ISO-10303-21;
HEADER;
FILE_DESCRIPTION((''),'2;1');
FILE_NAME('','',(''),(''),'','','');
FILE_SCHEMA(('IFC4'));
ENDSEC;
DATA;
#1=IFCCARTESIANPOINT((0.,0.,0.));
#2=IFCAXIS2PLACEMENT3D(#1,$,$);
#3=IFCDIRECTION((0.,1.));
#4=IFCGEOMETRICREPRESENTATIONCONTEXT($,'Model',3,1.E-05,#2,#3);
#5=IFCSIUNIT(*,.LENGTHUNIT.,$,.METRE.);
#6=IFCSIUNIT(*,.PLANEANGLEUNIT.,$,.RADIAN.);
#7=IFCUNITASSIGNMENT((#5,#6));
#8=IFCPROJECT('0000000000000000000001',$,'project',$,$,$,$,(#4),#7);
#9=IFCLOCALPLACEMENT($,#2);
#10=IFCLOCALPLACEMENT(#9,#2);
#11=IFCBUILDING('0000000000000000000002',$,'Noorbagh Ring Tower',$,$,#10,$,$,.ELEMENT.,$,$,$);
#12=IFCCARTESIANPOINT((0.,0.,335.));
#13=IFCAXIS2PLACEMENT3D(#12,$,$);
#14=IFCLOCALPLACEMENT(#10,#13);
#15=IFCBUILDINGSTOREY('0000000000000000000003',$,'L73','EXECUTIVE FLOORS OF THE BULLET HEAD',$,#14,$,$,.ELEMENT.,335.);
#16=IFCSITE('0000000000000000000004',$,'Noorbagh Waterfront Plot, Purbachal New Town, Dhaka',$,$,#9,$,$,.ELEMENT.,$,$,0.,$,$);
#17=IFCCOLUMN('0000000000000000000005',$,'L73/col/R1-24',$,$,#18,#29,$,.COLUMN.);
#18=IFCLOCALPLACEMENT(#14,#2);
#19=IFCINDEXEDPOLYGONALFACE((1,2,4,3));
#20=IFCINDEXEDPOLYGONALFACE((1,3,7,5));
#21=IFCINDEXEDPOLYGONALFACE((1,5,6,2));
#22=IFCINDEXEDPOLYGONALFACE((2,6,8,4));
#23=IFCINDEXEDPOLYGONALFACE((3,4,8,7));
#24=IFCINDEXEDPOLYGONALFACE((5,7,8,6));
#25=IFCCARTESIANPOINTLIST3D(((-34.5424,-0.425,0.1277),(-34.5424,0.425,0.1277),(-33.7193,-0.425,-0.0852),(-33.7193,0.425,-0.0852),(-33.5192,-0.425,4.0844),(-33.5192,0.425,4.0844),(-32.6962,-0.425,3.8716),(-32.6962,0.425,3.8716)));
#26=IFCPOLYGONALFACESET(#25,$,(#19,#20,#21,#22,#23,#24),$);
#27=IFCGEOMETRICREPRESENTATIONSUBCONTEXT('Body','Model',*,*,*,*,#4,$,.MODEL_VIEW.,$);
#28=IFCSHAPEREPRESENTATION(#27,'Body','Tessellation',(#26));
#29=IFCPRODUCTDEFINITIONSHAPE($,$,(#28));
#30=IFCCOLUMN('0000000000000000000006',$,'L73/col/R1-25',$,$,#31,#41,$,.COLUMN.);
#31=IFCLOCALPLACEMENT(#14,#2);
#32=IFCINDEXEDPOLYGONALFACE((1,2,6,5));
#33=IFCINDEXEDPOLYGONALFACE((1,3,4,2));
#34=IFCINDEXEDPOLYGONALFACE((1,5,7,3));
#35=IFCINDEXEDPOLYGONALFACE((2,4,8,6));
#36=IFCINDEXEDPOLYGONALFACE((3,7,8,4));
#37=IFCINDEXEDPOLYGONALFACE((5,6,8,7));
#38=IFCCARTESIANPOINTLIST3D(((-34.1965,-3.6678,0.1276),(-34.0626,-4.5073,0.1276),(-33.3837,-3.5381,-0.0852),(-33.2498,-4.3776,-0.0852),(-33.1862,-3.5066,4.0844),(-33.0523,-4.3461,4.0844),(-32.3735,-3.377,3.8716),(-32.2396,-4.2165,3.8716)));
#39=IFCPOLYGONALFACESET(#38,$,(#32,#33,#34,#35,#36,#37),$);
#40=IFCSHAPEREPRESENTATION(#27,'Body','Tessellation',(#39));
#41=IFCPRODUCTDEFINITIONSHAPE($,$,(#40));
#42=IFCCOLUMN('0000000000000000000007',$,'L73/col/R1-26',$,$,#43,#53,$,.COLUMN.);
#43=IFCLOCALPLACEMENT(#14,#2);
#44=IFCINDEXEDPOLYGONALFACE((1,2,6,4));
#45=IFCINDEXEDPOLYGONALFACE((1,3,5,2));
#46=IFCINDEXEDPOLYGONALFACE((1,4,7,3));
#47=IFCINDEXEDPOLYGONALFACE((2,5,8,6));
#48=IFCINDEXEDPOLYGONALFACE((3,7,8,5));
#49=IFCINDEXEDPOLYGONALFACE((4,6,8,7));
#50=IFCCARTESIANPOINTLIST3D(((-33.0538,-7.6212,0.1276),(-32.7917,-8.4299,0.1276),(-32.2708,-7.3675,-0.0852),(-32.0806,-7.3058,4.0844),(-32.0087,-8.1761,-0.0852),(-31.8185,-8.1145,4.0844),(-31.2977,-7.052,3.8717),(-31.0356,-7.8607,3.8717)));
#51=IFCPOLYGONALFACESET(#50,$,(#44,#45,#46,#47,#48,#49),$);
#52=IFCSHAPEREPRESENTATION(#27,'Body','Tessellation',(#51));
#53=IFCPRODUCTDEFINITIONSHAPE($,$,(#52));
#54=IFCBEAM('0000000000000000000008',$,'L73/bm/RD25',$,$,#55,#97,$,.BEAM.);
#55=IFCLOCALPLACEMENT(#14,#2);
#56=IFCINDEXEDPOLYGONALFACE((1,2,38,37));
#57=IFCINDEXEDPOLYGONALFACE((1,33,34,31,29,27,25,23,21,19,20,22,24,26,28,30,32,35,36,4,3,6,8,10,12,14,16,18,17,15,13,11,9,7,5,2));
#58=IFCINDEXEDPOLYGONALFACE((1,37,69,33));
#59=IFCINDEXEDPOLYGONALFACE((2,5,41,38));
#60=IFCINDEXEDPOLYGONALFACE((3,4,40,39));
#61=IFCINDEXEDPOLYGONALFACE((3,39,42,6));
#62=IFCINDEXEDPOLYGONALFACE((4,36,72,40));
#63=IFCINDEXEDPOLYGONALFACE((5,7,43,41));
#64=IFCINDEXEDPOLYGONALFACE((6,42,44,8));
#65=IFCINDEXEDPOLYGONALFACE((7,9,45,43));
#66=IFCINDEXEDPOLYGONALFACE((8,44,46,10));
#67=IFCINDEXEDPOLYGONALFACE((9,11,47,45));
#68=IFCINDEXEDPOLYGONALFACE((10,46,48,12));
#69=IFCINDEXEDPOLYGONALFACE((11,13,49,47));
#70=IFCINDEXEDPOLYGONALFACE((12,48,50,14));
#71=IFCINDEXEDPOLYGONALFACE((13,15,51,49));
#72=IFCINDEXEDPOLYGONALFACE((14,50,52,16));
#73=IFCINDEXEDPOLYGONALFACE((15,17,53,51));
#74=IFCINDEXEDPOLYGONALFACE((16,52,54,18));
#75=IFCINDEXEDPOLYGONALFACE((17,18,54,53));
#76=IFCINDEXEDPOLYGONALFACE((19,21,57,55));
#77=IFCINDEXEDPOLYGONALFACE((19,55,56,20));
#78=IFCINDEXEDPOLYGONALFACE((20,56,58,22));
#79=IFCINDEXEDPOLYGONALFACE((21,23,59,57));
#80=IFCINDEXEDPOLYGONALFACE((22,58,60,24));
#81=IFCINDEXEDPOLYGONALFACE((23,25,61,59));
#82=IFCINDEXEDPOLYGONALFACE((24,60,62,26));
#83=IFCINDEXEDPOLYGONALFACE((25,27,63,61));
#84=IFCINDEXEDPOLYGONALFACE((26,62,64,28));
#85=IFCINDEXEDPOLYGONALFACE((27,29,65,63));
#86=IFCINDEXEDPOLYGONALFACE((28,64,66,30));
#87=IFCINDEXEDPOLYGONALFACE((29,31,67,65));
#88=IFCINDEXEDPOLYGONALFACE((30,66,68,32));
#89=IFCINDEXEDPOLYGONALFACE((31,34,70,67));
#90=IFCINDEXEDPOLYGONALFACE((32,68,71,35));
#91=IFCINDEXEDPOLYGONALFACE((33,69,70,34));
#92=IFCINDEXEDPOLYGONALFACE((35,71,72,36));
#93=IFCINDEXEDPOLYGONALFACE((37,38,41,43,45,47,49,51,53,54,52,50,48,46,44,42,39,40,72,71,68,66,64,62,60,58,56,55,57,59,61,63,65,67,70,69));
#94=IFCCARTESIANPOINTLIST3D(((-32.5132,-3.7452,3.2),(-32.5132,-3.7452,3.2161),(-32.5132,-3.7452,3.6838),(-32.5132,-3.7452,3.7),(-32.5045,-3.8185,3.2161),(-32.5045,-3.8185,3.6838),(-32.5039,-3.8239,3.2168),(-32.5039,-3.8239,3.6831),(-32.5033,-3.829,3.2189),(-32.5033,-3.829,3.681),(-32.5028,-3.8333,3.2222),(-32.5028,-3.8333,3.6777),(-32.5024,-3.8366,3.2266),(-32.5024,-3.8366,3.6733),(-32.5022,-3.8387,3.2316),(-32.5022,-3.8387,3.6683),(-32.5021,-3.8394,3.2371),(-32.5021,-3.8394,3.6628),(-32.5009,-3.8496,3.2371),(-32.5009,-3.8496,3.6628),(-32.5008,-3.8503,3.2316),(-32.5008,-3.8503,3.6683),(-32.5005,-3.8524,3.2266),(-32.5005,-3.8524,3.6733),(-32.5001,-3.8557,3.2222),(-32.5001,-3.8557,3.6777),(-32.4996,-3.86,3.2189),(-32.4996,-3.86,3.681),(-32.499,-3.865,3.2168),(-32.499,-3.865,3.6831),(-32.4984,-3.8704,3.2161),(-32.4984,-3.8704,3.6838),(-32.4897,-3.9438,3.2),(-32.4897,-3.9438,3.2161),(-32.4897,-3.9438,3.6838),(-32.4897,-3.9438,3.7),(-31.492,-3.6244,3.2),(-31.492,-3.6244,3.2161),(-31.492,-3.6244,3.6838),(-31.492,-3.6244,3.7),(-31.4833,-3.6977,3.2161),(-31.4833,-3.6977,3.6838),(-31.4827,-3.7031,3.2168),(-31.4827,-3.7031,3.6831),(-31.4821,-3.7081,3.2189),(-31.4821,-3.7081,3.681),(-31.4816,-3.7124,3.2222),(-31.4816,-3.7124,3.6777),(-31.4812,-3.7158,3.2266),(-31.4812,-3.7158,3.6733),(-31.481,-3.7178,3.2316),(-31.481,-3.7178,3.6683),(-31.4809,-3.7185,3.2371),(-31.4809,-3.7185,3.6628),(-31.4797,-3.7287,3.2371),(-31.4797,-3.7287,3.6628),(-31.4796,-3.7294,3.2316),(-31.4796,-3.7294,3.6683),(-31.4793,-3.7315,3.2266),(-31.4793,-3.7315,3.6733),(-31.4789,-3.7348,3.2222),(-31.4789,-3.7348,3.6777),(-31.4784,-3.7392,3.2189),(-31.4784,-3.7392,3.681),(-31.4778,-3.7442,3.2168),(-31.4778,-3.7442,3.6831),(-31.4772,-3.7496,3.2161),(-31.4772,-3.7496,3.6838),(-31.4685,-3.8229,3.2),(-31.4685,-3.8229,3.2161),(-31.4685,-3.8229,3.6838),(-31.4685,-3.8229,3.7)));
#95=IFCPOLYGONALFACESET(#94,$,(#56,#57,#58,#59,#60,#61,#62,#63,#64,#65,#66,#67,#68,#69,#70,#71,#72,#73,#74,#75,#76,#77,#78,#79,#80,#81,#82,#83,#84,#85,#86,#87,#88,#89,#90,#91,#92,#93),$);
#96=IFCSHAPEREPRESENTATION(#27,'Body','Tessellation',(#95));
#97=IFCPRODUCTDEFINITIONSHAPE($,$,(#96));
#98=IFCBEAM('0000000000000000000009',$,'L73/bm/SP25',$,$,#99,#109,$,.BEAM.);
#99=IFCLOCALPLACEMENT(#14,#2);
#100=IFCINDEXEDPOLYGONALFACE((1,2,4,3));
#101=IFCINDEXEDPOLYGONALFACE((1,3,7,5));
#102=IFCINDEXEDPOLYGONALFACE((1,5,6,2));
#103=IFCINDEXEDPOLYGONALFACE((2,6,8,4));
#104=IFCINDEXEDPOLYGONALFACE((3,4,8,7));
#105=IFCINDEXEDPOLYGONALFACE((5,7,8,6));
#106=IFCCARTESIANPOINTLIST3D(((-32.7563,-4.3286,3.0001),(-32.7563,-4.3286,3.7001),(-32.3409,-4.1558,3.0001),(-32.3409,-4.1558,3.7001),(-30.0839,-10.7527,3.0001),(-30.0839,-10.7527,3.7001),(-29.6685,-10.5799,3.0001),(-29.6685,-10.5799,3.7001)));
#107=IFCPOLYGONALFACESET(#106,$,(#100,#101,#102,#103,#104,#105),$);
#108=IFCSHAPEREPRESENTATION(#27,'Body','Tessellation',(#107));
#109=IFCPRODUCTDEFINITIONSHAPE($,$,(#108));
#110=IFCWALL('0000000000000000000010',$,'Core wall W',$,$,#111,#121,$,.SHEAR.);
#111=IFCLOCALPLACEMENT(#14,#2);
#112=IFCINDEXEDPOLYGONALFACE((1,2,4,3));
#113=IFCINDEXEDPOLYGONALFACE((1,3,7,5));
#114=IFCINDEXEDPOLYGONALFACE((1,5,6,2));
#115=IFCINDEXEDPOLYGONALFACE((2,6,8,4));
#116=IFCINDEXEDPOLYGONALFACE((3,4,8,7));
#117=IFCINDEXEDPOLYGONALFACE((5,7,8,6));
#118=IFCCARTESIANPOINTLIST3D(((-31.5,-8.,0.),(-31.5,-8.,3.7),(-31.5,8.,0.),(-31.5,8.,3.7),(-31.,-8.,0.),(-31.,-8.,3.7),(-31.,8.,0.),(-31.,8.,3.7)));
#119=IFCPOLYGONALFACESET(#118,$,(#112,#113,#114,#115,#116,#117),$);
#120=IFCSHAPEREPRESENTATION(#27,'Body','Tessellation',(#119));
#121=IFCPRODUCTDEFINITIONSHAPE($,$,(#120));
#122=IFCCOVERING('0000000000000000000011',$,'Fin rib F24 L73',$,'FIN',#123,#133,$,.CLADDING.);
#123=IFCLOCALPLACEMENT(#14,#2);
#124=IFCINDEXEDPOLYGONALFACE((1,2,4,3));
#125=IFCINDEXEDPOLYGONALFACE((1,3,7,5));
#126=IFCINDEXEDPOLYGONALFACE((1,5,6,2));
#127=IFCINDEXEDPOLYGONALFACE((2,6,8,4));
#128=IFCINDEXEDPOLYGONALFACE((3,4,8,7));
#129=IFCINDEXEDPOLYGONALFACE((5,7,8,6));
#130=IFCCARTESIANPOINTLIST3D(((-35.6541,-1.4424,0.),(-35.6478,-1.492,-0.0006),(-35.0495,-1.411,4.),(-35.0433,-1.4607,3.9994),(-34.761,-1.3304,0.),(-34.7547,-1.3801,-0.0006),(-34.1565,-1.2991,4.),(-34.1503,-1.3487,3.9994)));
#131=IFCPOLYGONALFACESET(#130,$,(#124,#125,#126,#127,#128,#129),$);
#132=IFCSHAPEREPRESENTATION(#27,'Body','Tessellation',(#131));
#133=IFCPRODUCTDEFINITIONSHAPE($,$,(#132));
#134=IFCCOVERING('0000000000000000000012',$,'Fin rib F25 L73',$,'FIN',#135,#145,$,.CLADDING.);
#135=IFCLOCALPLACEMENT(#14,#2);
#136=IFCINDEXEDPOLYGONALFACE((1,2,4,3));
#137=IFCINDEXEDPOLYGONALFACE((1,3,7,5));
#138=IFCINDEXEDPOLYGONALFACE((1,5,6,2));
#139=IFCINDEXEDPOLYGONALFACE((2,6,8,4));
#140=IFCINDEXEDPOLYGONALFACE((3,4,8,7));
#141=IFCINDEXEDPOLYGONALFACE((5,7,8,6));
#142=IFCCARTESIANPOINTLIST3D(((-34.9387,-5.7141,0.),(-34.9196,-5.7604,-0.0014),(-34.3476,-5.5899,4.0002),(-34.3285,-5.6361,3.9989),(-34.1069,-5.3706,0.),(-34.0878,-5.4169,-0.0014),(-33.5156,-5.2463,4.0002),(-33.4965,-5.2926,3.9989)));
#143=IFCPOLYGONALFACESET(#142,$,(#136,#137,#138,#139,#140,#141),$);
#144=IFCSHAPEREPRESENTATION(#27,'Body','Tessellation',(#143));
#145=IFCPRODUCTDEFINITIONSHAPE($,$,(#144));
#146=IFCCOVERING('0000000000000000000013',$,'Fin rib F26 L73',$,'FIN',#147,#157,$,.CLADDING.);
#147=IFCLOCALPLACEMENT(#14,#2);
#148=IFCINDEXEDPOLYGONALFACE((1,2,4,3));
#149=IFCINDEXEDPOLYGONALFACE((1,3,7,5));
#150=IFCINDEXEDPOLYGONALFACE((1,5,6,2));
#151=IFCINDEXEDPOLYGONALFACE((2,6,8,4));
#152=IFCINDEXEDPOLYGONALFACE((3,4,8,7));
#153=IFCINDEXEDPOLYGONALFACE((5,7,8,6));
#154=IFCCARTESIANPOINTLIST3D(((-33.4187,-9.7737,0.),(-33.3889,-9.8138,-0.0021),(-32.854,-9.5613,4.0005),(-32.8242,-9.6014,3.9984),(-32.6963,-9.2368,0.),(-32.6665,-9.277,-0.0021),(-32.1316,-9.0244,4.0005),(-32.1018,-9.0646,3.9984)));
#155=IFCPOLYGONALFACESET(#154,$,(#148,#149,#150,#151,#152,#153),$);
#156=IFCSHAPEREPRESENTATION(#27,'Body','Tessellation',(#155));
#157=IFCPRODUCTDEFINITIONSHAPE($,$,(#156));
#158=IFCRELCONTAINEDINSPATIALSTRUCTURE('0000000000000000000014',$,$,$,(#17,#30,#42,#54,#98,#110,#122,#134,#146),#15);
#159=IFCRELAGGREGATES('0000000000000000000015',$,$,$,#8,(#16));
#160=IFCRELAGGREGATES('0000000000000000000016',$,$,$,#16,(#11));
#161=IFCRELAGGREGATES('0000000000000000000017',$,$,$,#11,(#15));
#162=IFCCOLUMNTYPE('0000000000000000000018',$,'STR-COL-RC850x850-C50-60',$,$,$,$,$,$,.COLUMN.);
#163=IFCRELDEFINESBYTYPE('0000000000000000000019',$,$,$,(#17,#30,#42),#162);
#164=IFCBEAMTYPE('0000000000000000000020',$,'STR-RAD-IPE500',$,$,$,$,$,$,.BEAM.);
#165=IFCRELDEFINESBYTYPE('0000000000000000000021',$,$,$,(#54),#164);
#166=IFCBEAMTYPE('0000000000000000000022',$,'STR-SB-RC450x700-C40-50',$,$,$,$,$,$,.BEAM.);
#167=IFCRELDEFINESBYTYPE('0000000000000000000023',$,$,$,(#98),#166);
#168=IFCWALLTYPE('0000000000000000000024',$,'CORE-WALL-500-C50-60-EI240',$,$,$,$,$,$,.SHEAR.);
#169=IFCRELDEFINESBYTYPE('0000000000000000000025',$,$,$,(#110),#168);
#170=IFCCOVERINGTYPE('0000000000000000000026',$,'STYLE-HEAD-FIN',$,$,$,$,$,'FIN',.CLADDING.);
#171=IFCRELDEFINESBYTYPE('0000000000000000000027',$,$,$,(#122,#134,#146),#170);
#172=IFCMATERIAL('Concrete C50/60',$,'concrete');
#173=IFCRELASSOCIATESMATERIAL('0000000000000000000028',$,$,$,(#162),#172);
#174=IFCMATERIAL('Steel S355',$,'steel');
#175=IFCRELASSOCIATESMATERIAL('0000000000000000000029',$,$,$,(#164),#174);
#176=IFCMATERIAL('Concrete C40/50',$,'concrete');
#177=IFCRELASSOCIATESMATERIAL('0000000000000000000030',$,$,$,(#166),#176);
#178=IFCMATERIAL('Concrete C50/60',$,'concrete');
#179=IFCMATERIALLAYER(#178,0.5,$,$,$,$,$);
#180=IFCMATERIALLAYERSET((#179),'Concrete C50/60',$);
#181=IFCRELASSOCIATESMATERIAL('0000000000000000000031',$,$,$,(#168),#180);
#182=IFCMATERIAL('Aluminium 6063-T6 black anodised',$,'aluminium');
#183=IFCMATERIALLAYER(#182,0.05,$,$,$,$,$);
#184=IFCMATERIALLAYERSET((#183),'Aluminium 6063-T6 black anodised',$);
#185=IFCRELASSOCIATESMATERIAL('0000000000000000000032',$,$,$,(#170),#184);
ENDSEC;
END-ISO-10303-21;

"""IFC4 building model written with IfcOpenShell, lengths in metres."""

from ifc_helpers import new_model, si_unit, direction, frame, frame_2d, origin, origin_2d, place, context, subcontext, project, spatial, polyline, rectangle, i_section, outline, extrude, material, layer, layer_set, material_profile, profile_set, type_object, element, save


model = new_model("IFC4")

# Units and contexts
model_context = context("Model", 3, precision=1e-05, world=origin(), true_north=direction((0.0, 1.0)))
body_context = subcontext(model_context, "Body", "Model", "MODEL_VIEW")
ifc_project = project(units=[si_unit("LENGTHUNIT", "METRE"), si_unit("PLANEANGLEUNIT", "RADIAN")], contexts=[model_context])

# Site, building, storey
site_placement = place(None, origin())
site = spatial("IfcSite", under=ifc_project, at=site_placement, Name="Noorbagh Waterfront Plot, Purbachal New Town, Dhaka", CompositionType="ELEMENT", RefElevation=0.0)
building_placement = place(site_placement, origin())
building = spatial("IfcBuilding", under=site, at=building_placement, Name="Noorbagh Ring Tower", CompositionType="ELEMENT")
storey_placement = place(building_placement, frame((0.0, 0.0, 335.0)))
storey = spatial("IfcBuildingStorey", under=building, at=storey_placement, Name="L73", Description="EXECUTIVE FLOORS OF THE BULLET HEAD", CompositionType="ELEMENT", Elevation=335.0)

# Columns
ifc_material_1 = material(Name="Concrete C50/60", Category="concrete")
ifc_material_profile_1 = material_profile(ifc_material_1, rectangle(XDim=0.8501, YDim=0.8501, at=origin_2d()), Name="RC850x850")
ifc_profile_set_1 = profile_set([ifc_material_profile_1], Name="Concrete C50/60")
column_type = type_object("IfcColumnType", Name="STR-COL-RC850x850-C50-60", PredefinedType="COLUMN", material=ifc_profile_set_1)
for number, where, z_axis, x_axis, name in (
    (1, (-34.1309, 0.0, 0.0212), (0.250357, 0.0, 0.968154), (0.0, 1.0, 0.0), "L73/col/R1-24"),
    (2, (-33.7231, -4.0227, 0.0212), (0.247193, 0.039427, 0.968164), (-0.157506, 0.987518, 0.0), "L73/col/R1-25"),
    (3, (-32.5312, -7.8987, 0.0212), (0.238114, 0.077181, 0.968166), (-0.308341, 0.951276, 0.0), "L73/col/R1-26"),
):
    element("IfcColumn", number, at=place(storey_placement, frame(where, z_axis=z_axis, x_axis=x_axis)), inside=storey, type_object=column_type, Name=name, PredefinedType="COLUMN", context=body_context, shape_type="SweptSolid", body=[
        extrude(rectangle(XDim=0.8501, YDim=0.8501, at=origin_2d()), origin(), (0.0, 0.0, 1.0), 4.0869),
    ])

# Beams
ifc_material_2 = material(Name="Steel S355", Category="steel")
ifc_material_profile_2 = material_profile(ifc_material_2, i_section(OverallWidth=0.2, OverallDepth=0.5, WebThickness=0.0103, FlangeThickness=0.0161, FilletRadius=0.021, at=origin_2d()), Name="IPE500")
ifc_profile_set_2 = profile_set([ifc_material_profile_2], Name="Steel S355")
beam_type_1 = type_object("IfcBeamType", Name="STR-RAD-IPE500", PredefinedType="BEAM", material=ifc_profile_set_2)
beam_1_placement = place(storey_placement, frame((-32.5015, -3.8445, 3.45), z_axis=(0.993071, 0.117516, 0.0), x_axis=(-0.117516, 0.993071, 0.0)))
element("IfcBeam", 4, at=beam_1_placement, inside=storey, type_object=beam_type_1, Name="L73/bm/RD25", PredefinedType="BEAM", context=body_context, shape_type="SweptSolid", body=[
    extrude(i_section(OverallWidth=0.2, OverallDepth=0.5, WebThickness=0.0103, FlangeThickness=0.0161, FilletRadius=0.021, at=origin_2d()), origin(), (0.0, 0.0, 1.0), 1.0283),
])
ifc_material_3 = material(Name="Concrete C40/50", Category="concrete")
ifc_material_profile_3 = material_profile(ifc_material_3, rectangle(XDim=0.45, YDim=0.7, at=origin_2d()), Name="RC450x700")
ifc_profile_set_3 = profile_set([ifc_material_profile_3], Name="Concrete C40/50")
beam_type_2 = type_object("IfcBeamType", Name="STR-SB-RC450x700-C40-50", PredefinedType="BEAM", material=ifc_profile_set_3)
beam_2_placement = place(storey_placement, frame((-32.5486, -4.2422, 3.3501), z_axis=(0.384085, -0.923298, 0.0), x_axis=(0.923298, 0.384085, 0.0)))
element("IfcBeam", 5, at=beam_2_placement, inside=storey, type_object=beam_type_2, Name="L73/bm/SP25", PredefinedType="BEAM", context=body_context, shape_type="SweptSolid", body=[
    extrude(rectangle(XDim=0.45, YDim=0.7, at=origin_2d()), origin(), (0.0, 0.0, 1.0), 6.9578),
])

# Wall
ifc_material_4 = material(Name="Concrete C50/60", Category="concrete")
ifc_layer_1 = layer(ifc_material_4, 0.5)
ifc_layer_set_1 = layer_set([ifc_layer_1], Name="Concrete C50/60")
wall_type = type_object("IfcWallType", Name="CORE-WALL-500-C50-60-EI240", PredefinedType="SHEAR", material=ifc_layer_set_1)
wall_placement = place(storey_placement, frame((-31.25, -8.0, 0.0), z_axis=(0.0, 0.0, 1.0), x_axis=(0.0, 1.0, 0.0)))
element("IfcWall", 6, at=wall_placement, inside=storey, type_object=wall_type, Name="Core wall W", PredefinedType="SHEAR", context=body_context, shape_type="SweptSolid", body=[
    extrude(rectangle(XDim=16.0, YDim=0.5, at=frame_2d((8.0, 0.0))), origin(), (0.0, 0.0, 1.0), 3.7),
])

# Coverings
ifc_material_5 = material(Name="Aluminium 6063-T6 black anodised", Category="aluminium")
ifc_layer_2 = layer(ifc_material_5, 0.05)
ifc_layer_set_2 = layer_set([ifc_layer_2], Name="Aluminium 6063-T6 black anodised")
covering_type_1 = type_object("IfcCoveringType", Name="STYLE-HEAD-FIN", ElementType="FIN", PredefinedType="CLADDING", material=ifc_layer_set_2)
covering_1_placement = place(storey_placement, frame((-35.6541, -1.4424, 0.0), z_axis=(-0.124361, 0.992176, 0.011012), x_axis=(0.149426, 0.007755, 0.988743)))
element("IfcCovering", 7, at=covering_1_placement, inside=storey, type_object=covering_type_1, Name="Fin rib F24 L73", ObjectType="FIN", PredefinedType="CLADDING", context=body_context, shape_type="SweptSolid", body=[
    extrude(outline(polyline([(0.0, 0.0), (4.0455, 0.0), (4.1799, 0.89), (0.1343, 0.89), (0.0, 0.0)])), origin(), (0.0, 0.0, -1.0), 0.05),
])
covering_2_placement = place(storey_placement, frame((-34.9387, -5.7141, 0.0), z_axis=(-0.381511, 0.92395, 0.02768), x_axis=(0.146106, 0.030706, 0.988792)))
element("IfcCovering", 8, at=covering_2_placement, inside=storey, type_object=covering_type_1, Name="Fin rib F25 L73", ObjectType="FIN", PredefinedType="CLADDING", context=body_context, shape_type="SweptSolid", body=[
    extrude(outline(polyline([(0.0, 0.0), (4.0456, 0.0), (4.1777, 0.8904), (0.1321, 0.8902), (0.0, 0.0)])), origin(), (0.0, 0.0, -1.0), 0.05),
])
covering_3_placement = place(storey_placement, frame((-33.4187, -9.7737, 0.0), z_axis=(-0.595964, 0.801936, 0.041546), x_axis=(0.139579, 0.0525, 0.988818)))
element("IfcCovering", 9, at=covering_3_placement, inside=storey, type_object=covering_type_1, Name="Fin rib F26 L73", ObjectType="FIN", PredefinedType="CLADDING", context=body_context, shape_type="SweptSolid", body=[
    extrude(outline(polyline([(0.0, 0.0), (4.0457, 0.0), (4.1747, 0.8908), (0.129, 0.8908), (0.0, 0.0)])), origin(), (0.0, 0.0, -1.0), 0.05),
])

save(model, "model.ifc")
